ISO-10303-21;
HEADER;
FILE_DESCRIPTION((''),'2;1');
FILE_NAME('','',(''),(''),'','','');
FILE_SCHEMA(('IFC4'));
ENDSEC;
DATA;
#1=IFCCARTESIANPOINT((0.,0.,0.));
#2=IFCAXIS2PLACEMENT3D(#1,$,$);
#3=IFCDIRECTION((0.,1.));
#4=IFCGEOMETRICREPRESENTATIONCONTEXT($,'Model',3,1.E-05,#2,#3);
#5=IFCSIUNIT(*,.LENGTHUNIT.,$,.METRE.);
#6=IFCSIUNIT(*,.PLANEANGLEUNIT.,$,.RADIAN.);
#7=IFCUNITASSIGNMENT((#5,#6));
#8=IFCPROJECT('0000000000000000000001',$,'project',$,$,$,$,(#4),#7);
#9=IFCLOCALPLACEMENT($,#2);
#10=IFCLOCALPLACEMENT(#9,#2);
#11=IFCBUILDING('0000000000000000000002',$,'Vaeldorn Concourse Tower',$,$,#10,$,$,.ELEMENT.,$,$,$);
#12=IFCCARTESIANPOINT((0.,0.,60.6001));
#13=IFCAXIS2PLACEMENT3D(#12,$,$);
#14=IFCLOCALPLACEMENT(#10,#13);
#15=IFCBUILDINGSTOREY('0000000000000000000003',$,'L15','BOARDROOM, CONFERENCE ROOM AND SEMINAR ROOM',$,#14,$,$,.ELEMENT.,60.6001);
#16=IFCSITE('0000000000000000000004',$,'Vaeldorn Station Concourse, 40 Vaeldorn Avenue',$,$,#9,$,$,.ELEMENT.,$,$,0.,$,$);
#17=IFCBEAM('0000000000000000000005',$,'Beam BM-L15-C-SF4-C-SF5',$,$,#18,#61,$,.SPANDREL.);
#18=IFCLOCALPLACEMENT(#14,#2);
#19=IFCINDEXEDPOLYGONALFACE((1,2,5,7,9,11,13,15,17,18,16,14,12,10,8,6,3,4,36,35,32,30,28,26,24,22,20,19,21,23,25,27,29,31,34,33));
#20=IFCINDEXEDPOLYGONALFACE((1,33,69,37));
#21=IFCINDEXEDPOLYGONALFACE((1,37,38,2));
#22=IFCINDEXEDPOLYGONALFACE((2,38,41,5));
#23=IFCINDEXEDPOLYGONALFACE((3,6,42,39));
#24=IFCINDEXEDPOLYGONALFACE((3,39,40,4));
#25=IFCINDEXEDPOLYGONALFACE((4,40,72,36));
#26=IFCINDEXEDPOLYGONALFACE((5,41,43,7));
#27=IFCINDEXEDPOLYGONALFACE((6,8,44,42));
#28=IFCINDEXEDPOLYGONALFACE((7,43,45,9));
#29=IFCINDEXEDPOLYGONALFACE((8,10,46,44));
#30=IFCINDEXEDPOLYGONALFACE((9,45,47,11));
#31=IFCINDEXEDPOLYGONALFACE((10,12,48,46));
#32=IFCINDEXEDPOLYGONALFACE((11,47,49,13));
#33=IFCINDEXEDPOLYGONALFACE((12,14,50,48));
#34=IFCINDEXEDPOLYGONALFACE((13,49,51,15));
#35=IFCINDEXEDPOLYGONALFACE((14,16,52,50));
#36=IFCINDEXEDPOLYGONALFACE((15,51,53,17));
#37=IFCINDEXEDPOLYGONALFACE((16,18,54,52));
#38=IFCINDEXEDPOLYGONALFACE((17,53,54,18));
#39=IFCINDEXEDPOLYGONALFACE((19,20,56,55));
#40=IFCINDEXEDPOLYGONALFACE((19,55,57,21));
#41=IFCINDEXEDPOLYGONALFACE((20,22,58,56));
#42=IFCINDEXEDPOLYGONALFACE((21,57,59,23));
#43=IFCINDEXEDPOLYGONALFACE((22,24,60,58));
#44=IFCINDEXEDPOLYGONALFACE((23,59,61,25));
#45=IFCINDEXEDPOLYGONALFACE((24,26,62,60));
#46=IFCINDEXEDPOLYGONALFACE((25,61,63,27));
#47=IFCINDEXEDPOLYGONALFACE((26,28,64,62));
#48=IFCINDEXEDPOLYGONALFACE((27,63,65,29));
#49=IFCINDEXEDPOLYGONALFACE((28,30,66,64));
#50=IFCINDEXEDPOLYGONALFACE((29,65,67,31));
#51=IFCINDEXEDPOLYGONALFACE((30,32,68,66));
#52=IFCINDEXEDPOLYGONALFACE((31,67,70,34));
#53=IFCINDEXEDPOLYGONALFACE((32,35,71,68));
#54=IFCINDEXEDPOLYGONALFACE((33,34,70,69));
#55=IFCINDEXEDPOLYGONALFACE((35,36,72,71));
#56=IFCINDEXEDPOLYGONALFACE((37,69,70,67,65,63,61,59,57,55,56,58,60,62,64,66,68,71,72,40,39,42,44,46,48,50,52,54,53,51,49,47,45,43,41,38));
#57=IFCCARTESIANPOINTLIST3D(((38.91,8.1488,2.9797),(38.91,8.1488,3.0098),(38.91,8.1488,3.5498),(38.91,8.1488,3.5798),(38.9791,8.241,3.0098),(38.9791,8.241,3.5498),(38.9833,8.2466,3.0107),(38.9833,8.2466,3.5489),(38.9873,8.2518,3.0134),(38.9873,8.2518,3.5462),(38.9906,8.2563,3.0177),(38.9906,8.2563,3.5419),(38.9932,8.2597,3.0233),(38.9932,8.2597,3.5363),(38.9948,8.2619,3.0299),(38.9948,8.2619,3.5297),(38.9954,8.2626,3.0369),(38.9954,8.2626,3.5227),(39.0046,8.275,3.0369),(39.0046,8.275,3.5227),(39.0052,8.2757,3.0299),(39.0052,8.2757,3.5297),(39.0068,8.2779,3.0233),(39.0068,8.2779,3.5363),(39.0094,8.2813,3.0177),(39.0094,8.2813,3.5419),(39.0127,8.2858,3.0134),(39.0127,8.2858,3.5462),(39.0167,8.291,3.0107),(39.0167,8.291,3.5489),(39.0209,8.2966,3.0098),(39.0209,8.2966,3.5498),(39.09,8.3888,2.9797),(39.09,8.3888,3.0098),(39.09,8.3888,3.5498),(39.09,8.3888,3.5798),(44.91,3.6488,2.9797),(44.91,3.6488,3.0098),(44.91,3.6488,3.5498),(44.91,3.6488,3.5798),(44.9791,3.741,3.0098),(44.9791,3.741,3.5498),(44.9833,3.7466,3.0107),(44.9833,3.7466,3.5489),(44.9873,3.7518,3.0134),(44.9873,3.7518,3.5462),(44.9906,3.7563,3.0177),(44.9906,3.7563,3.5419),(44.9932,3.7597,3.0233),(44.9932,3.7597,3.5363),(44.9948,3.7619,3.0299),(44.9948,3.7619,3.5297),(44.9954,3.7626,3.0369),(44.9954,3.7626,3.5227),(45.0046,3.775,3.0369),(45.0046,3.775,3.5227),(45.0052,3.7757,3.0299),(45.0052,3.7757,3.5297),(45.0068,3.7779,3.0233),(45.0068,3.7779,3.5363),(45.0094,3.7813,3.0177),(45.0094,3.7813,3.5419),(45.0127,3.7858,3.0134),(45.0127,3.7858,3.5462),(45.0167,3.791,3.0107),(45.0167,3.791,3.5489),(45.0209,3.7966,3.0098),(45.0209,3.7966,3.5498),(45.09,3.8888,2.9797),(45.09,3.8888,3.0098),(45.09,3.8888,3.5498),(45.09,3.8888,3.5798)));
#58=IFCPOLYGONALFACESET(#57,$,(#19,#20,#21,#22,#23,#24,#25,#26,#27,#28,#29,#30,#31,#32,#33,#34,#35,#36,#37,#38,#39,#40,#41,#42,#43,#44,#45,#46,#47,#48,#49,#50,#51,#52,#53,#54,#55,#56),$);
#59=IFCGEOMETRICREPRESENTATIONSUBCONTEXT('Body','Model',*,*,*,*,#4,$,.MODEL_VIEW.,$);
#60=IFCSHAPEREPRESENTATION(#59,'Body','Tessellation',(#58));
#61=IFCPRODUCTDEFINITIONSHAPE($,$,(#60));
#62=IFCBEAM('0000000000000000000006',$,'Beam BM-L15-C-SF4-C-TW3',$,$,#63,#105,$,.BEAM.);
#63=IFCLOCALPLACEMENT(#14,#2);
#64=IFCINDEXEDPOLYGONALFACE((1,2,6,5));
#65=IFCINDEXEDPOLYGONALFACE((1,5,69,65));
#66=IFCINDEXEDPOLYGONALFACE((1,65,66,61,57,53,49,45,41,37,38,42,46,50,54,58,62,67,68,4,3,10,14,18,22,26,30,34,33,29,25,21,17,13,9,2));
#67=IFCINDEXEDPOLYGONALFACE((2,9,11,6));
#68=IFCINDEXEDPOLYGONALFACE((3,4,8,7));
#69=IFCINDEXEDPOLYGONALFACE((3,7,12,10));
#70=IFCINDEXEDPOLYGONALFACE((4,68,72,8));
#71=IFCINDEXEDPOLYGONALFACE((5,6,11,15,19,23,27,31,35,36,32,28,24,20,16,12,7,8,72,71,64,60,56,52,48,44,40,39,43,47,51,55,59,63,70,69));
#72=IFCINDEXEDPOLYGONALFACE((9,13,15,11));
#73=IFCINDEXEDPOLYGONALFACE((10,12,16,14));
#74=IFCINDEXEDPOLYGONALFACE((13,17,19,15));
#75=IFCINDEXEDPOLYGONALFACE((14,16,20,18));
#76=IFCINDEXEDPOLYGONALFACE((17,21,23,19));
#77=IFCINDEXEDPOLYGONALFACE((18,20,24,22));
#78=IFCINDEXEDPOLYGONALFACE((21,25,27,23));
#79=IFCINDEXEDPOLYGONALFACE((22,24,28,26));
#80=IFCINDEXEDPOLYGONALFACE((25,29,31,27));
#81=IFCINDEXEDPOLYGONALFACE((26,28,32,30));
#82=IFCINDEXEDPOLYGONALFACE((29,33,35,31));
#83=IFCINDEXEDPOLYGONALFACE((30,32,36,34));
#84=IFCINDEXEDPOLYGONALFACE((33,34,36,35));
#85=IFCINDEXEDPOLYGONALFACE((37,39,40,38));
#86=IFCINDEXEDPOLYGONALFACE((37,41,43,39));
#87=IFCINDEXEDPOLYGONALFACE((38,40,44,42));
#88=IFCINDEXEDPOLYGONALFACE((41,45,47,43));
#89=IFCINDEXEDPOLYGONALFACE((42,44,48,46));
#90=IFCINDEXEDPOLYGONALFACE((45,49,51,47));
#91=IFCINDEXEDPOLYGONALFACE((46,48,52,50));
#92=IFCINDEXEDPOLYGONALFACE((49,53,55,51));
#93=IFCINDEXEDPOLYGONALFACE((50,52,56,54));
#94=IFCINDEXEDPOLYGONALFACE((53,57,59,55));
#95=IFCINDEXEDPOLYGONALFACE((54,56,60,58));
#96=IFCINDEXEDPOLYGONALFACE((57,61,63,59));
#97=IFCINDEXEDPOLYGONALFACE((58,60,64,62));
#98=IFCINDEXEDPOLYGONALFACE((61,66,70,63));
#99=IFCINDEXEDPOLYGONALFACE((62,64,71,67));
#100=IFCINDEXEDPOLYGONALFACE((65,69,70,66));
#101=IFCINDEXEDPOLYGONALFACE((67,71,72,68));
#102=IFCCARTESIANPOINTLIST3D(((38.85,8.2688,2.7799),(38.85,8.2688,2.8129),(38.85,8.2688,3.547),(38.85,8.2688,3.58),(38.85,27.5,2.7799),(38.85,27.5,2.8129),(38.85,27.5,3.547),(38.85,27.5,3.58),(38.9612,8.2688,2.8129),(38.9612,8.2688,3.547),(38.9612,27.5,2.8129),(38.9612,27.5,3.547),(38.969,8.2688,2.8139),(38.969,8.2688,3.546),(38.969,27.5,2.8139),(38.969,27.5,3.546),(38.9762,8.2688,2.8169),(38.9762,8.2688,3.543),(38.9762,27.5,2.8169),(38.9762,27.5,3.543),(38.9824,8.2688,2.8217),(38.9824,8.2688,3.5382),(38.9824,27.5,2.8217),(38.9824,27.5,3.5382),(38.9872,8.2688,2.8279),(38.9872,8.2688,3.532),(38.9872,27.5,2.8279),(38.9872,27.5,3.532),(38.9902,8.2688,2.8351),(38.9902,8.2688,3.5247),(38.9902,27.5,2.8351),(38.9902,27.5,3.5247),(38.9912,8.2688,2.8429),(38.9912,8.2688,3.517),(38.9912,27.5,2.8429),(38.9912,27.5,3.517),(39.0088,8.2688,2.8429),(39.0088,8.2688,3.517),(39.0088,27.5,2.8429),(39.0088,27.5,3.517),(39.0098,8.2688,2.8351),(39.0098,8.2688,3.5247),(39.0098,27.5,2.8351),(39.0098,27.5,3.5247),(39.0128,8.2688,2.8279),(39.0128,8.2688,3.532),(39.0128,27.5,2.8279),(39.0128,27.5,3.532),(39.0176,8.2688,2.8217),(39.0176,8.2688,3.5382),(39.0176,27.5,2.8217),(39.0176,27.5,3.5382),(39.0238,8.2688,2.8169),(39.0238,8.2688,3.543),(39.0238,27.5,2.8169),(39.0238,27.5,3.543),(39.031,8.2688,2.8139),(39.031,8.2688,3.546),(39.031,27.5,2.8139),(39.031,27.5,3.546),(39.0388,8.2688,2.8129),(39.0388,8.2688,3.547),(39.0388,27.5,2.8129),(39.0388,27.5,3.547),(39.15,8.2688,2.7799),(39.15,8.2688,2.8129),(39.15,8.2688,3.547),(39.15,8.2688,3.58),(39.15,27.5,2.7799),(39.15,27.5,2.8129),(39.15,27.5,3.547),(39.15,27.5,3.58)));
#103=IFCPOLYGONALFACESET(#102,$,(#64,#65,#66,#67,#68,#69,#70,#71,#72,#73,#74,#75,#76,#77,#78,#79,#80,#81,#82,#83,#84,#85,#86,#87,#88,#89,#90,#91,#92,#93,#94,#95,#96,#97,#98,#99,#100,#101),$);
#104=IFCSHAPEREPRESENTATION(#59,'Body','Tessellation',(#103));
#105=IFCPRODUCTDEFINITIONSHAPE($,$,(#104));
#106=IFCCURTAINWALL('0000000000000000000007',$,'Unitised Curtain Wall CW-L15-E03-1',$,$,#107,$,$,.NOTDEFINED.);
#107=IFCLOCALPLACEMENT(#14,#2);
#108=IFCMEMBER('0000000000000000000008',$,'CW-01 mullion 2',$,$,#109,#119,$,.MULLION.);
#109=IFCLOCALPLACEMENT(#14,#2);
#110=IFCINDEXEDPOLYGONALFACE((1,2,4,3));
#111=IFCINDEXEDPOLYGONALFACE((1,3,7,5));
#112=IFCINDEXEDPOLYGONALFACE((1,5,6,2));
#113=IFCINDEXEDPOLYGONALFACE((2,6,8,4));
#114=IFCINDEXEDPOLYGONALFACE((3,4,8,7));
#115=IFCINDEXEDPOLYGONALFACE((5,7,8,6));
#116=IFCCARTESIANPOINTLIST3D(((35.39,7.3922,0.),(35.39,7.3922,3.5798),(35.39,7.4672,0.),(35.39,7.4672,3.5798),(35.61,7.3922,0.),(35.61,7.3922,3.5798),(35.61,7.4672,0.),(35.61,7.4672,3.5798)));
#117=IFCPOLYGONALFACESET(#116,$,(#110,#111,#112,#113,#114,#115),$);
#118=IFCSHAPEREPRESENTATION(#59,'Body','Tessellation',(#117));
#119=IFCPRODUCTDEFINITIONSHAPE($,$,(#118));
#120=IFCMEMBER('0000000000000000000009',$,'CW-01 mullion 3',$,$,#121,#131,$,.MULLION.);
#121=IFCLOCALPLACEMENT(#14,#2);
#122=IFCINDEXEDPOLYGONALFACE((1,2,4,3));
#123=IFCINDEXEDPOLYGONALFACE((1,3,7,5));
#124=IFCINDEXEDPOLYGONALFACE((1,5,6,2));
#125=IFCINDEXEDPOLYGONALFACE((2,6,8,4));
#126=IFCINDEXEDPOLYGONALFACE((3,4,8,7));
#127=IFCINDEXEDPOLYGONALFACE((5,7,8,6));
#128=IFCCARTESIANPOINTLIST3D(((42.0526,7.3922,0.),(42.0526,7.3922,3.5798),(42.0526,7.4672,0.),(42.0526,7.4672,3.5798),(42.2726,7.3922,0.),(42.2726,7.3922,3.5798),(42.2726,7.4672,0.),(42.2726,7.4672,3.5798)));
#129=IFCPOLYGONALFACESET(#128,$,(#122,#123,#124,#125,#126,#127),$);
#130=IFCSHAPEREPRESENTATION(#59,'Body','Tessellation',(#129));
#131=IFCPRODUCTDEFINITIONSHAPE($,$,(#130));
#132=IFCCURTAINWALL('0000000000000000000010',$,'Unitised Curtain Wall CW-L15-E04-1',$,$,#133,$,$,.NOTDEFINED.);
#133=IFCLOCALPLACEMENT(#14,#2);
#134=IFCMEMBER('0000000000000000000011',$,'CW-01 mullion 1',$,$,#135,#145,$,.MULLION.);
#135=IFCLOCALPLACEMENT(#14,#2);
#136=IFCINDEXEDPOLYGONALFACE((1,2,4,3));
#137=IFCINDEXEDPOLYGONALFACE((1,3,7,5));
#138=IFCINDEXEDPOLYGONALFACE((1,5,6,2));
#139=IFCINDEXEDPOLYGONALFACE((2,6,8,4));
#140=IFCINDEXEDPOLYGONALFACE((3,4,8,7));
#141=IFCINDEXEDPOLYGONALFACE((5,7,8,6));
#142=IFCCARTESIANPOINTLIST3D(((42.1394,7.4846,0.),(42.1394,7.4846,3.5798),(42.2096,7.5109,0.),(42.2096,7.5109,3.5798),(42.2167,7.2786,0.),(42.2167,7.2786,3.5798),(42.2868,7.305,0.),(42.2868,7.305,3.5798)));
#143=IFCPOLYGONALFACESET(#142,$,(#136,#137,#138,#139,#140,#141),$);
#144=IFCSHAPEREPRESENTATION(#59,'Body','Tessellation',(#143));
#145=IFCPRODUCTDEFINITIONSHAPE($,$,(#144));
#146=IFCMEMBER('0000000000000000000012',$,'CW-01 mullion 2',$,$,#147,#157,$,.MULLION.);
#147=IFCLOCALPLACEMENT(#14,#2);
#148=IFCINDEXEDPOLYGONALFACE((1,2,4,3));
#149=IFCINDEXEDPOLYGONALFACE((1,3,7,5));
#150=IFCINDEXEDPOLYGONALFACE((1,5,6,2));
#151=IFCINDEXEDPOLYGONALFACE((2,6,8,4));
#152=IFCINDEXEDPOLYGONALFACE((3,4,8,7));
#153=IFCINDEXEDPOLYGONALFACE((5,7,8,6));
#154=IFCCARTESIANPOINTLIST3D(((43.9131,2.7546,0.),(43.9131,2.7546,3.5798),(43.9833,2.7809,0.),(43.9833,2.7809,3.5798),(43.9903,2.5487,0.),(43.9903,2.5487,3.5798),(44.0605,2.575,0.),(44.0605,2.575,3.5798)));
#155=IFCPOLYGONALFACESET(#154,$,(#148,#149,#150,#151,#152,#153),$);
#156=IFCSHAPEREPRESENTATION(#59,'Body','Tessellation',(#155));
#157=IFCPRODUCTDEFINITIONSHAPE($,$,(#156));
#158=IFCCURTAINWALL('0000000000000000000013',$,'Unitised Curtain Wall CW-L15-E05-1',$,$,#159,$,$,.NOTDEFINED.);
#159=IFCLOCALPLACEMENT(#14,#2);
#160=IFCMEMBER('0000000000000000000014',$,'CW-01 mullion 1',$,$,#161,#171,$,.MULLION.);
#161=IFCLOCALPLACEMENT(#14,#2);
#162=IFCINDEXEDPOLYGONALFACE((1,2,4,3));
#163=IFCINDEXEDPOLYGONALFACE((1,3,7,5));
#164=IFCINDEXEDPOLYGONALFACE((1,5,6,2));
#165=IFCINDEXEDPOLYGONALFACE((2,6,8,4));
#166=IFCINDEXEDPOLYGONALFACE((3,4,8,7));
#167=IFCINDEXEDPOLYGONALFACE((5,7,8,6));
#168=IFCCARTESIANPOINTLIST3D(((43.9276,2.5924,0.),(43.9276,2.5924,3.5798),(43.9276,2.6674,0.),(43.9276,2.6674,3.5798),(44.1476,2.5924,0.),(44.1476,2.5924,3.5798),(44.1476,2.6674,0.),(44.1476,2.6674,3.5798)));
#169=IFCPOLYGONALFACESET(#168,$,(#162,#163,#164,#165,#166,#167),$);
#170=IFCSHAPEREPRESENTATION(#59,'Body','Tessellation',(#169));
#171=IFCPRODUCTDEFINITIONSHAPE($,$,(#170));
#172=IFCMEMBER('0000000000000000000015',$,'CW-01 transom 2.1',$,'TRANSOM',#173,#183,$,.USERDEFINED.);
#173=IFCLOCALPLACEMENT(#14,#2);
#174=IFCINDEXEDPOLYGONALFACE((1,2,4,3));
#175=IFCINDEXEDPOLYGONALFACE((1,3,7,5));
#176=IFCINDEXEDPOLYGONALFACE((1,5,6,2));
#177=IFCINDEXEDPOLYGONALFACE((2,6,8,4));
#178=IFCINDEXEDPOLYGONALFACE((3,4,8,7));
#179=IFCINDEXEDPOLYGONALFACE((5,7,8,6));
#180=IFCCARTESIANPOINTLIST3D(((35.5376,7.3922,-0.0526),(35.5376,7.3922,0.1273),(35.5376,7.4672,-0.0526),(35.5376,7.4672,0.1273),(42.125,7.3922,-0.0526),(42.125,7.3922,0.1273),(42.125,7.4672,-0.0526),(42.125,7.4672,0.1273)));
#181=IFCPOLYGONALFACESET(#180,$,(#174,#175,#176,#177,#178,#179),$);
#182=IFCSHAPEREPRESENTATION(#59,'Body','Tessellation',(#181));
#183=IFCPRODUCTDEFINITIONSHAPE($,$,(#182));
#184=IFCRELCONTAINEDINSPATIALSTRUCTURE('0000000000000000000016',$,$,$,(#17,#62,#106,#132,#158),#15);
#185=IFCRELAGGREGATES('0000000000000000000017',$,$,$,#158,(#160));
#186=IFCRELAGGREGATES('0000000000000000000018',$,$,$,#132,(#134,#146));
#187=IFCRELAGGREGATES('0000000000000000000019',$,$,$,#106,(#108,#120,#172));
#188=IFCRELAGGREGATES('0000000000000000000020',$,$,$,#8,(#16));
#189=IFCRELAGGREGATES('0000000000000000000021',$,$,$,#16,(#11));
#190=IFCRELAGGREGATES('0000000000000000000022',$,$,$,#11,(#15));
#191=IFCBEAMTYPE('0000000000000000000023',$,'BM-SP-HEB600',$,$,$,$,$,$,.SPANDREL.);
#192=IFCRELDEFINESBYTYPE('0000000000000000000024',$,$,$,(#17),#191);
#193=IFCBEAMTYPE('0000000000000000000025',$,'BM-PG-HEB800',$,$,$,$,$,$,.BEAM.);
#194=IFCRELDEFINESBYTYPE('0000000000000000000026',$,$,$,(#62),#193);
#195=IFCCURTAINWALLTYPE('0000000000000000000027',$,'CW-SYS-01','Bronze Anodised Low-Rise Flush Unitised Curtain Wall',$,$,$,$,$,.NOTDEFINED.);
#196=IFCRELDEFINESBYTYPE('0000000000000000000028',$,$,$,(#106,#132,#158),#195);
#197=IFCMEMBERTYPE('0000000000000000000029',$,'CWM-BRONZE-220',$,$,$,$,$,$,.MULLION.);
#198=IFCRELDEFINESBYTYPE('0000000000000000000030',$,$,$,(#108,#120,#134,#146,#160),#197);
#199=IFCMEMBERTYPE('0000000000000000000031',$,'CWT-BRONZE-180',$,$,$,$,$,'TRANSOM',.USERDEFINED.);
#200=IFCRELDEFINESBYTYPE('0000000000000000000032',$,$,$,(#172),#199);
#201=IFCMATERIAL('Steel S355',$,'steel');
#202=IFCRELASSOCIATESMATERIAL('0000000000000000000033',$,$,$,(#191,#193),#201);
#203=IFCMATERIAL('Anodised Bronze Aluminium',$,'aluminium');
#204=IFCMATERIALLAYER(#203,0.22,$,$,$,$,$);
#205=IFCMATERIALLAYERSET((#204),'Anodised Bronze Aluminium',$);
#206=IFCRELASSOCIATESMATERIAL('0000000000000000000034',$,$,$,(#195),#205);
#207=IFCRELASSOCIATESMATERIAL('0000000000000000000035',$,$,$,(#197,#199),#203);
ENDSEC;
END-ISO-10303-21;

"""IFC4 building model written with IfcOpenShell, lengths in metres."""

from ifc_helpers import new_model, si_unit, direction, frame, origin, origin_2d, place, context, subcontext, project, spatial, rectangle, i_section, extrude, source, transform, mapped, material, layer, layer_set, material_profile, profile_set, type_object, element, aggregate, save


model = new_model("IFC4")

# Units and contexts
model_context = context("Model", 3, precision=1e-05, world=origin(), true_north=direction((0.0, 1.0)))
body_context = subcontext(model_context, "Body", "Model", "MODEL_VIEW")
ifc_project = project(units=[si_unit("LENGTHUNIT", "METRE"), si_unit("PLANEANGLEUNIT", "RADIAN")], contexts=[model_context])

# Site, building, storey
site_placement = place(None, origin())
site = spatial("IfcSite", under=ifc_project, at=site_placement, Name="Vaeldorn Station Concourse, 40 Vaeldorn Avenue", CompositionType="ELEMENT", RefElevation=0.0)
building_placement = place(site_placement, origin())
building = spatial("IfcBuilding", under=site, at=building_placement, Name="Vaeldorn Concourse Tower", CompositionType="ELEMENT")
storey_placement = place(building_placement, frame((0.0, 0.0, 60.6001)))
storey = spatial("IfcBuildingStorey", under=building, at=storey_placement, Name="L15", Description="BOARDROOM, CONFERENCE ROOM AND SEMINAR ROOM", CompositionType="ELEMENT", Elevation=60.6001)

# Beams
ifc_material_1 = material(Name="Steel S355", Category="steel")
ifc_material_profile_1 = material_profile(ifc_material_1, i_section(OverallWidth=0.3, OverallDepth=0.6001, WebThickness=0.0154, FlangeThickness=0.03, FilletRadius=0.0271, at=origin_2d()), Name="HEB 600")
ifc_profile_set_1 = profile_set([ifc_material_profile_1], Name="Steel S355")
beam_type_1 = type_object("IfcBeamType", Name="BM-SP-HEB600", PredefinedType="SPANDREL", material=ifc_profile_set_1)
shared_shape_1 = source(origin(), body_context, "Body", "SweptSolid", [
    extrude(i_section(OverallWidth=0.3, OverallDepth=0.6001, WebThickness=0.0154, FlangeThickness=0.03, FilletRadius=0.0271, at=origin_2d()), origin(), (0.0, 0.0, 1.0), 7.5),
])
beam_1_placement = place(storey_placement, frame((39.0, 8.2688, 3.2798), z_axis=(0.8, -0.6, 0.0), x_axis=(0.6, 0.8, 0.0)))
element("IfcBeam", 1, at=beam_1_placement, inside=storey, type_object=beam_type_1, Name="Beam BM-L15-C-SF4-C-SF5", PredefinedType="SPANDREL", context=body_context, shape_type="MappedRepresentation", body=[
    mapped(shared_shape_1, transform((0.0, 0.0, 0.0), scale=1.0)),
])
ifc_material_profile_2 = material_profile(ifc_material_1, i_section(OverallWidth=0.3, OverallDepth=0.8, WebThickness=0.0176, FlangeThickness=0.033, FilletRadius=0.03, at=origin_2d()), Name="HEB 800")
ifc_profile_set_2 = profile_set([ifc_material_profile_2], Name="Steel S355")
beam_type_2 = type_object("IfcBeamType", Name="BM-PG-HEB800", PredefinedType="BEAM", material=ifc_profile_set_2)
shared_shape_2 = source(origin(), body_context, "Body", "SweptSolid", [
    extrude(i_section(OverallWidth=0.3, OverallDepth=0.8, WebThickness=0.0176, FlangeThickness=0.033, FilletRadius=0.03, at=origin_2d()), origin(), (0.0, 0.0, 1.0), 19.2312),
])
beam_2_placement = place(storey_placement, frame((39.0, 8.2688, 3.1799), z_axis=(0.0, 1.0, 0.0), x_axis=(-1.0, 0.0, 0.0)))
element("IfcBeam", 2, at=beam_2_placement, inside=storey, type_object=beam_type_2, Name="Beam BM-L15-C-SF4-C-TW3", PredefinedType="BEAM", context=body_context, shape_type="MappedRepresentation", body=[
    mapped(shared_shape_2, transform((0.0, 0.0, 0.0), scale=1.0)),
])

# Curtain walls, members
ifc_material_2 = material(Name="Anodised Bronze Aluminium", Category="aluminium")
ifc_layer_1 = layer(ifc_material_2, 0.22)
ifc_layer_set_1 = layer_set([ifc_layer_1], Name="Anodised Bronze Aluminium")
curtain_wall_type = type_object("IfcCurtainWallType", Name="CW-SYS-01", Description="Bronze Anodised Low-Rise Flush Unitised Curtain Wall", PredefinedType="NOTDEFINED", material=ifc_layer_set_1)
curtain_wall_1_placement = place(storey_placement, origin())
curtain_wall_1 = element("IfcCurtainWall", 3, at=curtain_wall_1_placement, inside=storey, type_object=curtain_wall_type, Name="Unitised Curtain Wall CW-L15-E03-1", PredefinedType="NOTDEFINED")
ifc_material_profile_3 = material_profile(ifc_material_2, rectangle(XDim=0.075, YDim=0.22, at=origin_2d()), Name="CWM 75x220")
ifc_profile_set_3 = profile_set([ifc_material_profile_3], Name="Anodised Bronze Aluminium")
member_type_1 = type_object("IfcMemberType", Name="CWM-BRONZE-220", PredefinedType="MULLION", material=ifc_profile_set_3)
shared_shape_3 = source(origin(), body_context, "Body", "SweptSolid", [
    extrude(rectangle(XDim=0.075, YDim=0.22, at=origin_2d()), origin(), (0.0, 0.0, 1.0), 3.5798),
])
member_1_placement = place(storey_placement, frame((35.5, 7.4297, 0.0), z_axis=(0.0, 0.0, 1.0), x_axis=(0.0, 1.0, 0.0)))
member_1 = element("IfcMember", 4, at=member_1_placement, type_object=member_type_1, Name="CW-01 mullion 2", PredefinedType="MULLION", context=body_context, shape_type="MappedRepresentation", body=[
    mapped(shared_shape_3, transform((0.0, 0.0, 0.0), scale=1.0)),
])
member_2_placement = place(storey_placement, frame((42.1626, 7.4297, 0.0), z_axis=(0.0, 0.0, 1.0), x_axis=(0.0, 1.0, 0.0)))
member_2 = element("IfcMember", 5, at=member_2_placement, type_object=member_type_1, Name="CW-01 mullion 3", PredefinedType="MULLION", context=body_context, shape_type="MappedRepresentation", body=[
    mapped(shared_shape_3, transform((0.0, 0.0, 0.0), scale=1.0)),
])
curtain_wall_2_placement = place(storey_placement, origin())
curtain_wall_2 = element("IfcCurtainWall", 6, at=curtain_wall_2_placement, inside=storey, type_object=curtain_wall_type, Name="Unitised Curtain Wall CW-L15-E04-1", PredefinedType="NOTDEFINED")
member_3_placement = place(storey_placement, frame((42.2131, 7.3948, 0.0), z_axis=(0.0, 0.0, 1.0), x_axis=(0.936329, 0.351123, 0.0)))
member_3 = element("IfcMember", 7, at=member_3_placement, type_object=member_type_1, Name="CW-01 mullion 1", PredefinedType="MULLION", context=body_context, shape_type="MappedRepresentation", body=[
    mapped(shared_shape_3, transform((0.0, 0.0, 0.0), scale=1.0)),
])
member_4_placement = place(storey_placement, frame((43.9868, 2.6648, 0.0), z_axis=(0.0, 0.0, 1.0), x_axis=(0.936329, 0.351123, 0.0)))
member_4 = element("IfcMember", 8, at=member_4_placement, type_object=member_type_1, Name="CW-01 mullion 2", PredefinedType="MULLION", context=body_context, shape_type="MappedRepresentation", body=[
    mapped(shared_shape_3, transform((0.0, 0.0, 0.0), scale=1.0)),
])

# Curtain wall, member
curtain_wall_3_placement = place(storey_placement, origin())
curtain_wall_3 = element("IfcCurtainWall", 9, at=curtain_wall_3_placement, inside=storey, type_object=curtain_wall_type, Name="Unitised Curtain Wall CW-L15-E05-1", PredefinedType="NOTDEFINED")
member_5_placement = place(storey_placement, frame((44.0376, 2.6299, 0.0), z_axis=(0.0, 0.0, 1.0), x_axis=(0.0, 1.0, 0.0)))
member_5 = element("IfcMember", 10, at=member_5_placement, type_object=member_type_1, Name="CW-01 mullion 1", PredefinedType="MULLION", context=body_context, shape_type="MappedRepresentation", body=[
    mapped(shared_shape_3, transform((0.0, 0.0, 0.0), scale=1.0)),
])

# Member
ifc_material_profile_4 = material_profile(ifc_material_2, rectangle(XDim=0.075, YDim=0.1799, at=origin_2d()), Name="CWT 75x180")
ifc_profile_set_4 = profile_set([ifc_material_profile_4], Name="Anodised Bronze Aluminium")
member_type_2 = type_object("IfcMemberType", Name="CWT-BRONZE-180", ElementType="TRANSOM", PredefinedType="USERDEFINED", material=ifc_profile_set_4)
shared_shape_4 = source(origin(), body_context, "Body", "SweptSolid", [
    extrude(rectangle(XDim=0.075, YDim=0.1799, at=origin_2d()), origin(), (0.0, 0.0, 1.0), 6.5874),
])
member_6_placement = place(storey_placement, frame((35.5376, 7.4297, 0.0374), z_axis=(1.0, 0.0, 0.0), x_axis=(0.0, 1.0, 0.0)))
member_6 = element("IfcMember", 11, at=member_6_placement, type_object=member_type_2, Name="CW-01 transom 2.1", ObjectType="TRANSOM", PredefinedType="USERDEFINED", context=body_context, shape_type="MappedRepresentation", body=[
    mapped(shared_shape_4, transform((0.0, 0.0, 0.0), scale=1.0)),
])
aggregate(curtain_wall_3, [member_5])

aggregate(curtain_wall_2, [member_3, member_4])
aggregate(curtain_wall_1, [member_1, member_2, member_6])

save(model, "model.ifc")
